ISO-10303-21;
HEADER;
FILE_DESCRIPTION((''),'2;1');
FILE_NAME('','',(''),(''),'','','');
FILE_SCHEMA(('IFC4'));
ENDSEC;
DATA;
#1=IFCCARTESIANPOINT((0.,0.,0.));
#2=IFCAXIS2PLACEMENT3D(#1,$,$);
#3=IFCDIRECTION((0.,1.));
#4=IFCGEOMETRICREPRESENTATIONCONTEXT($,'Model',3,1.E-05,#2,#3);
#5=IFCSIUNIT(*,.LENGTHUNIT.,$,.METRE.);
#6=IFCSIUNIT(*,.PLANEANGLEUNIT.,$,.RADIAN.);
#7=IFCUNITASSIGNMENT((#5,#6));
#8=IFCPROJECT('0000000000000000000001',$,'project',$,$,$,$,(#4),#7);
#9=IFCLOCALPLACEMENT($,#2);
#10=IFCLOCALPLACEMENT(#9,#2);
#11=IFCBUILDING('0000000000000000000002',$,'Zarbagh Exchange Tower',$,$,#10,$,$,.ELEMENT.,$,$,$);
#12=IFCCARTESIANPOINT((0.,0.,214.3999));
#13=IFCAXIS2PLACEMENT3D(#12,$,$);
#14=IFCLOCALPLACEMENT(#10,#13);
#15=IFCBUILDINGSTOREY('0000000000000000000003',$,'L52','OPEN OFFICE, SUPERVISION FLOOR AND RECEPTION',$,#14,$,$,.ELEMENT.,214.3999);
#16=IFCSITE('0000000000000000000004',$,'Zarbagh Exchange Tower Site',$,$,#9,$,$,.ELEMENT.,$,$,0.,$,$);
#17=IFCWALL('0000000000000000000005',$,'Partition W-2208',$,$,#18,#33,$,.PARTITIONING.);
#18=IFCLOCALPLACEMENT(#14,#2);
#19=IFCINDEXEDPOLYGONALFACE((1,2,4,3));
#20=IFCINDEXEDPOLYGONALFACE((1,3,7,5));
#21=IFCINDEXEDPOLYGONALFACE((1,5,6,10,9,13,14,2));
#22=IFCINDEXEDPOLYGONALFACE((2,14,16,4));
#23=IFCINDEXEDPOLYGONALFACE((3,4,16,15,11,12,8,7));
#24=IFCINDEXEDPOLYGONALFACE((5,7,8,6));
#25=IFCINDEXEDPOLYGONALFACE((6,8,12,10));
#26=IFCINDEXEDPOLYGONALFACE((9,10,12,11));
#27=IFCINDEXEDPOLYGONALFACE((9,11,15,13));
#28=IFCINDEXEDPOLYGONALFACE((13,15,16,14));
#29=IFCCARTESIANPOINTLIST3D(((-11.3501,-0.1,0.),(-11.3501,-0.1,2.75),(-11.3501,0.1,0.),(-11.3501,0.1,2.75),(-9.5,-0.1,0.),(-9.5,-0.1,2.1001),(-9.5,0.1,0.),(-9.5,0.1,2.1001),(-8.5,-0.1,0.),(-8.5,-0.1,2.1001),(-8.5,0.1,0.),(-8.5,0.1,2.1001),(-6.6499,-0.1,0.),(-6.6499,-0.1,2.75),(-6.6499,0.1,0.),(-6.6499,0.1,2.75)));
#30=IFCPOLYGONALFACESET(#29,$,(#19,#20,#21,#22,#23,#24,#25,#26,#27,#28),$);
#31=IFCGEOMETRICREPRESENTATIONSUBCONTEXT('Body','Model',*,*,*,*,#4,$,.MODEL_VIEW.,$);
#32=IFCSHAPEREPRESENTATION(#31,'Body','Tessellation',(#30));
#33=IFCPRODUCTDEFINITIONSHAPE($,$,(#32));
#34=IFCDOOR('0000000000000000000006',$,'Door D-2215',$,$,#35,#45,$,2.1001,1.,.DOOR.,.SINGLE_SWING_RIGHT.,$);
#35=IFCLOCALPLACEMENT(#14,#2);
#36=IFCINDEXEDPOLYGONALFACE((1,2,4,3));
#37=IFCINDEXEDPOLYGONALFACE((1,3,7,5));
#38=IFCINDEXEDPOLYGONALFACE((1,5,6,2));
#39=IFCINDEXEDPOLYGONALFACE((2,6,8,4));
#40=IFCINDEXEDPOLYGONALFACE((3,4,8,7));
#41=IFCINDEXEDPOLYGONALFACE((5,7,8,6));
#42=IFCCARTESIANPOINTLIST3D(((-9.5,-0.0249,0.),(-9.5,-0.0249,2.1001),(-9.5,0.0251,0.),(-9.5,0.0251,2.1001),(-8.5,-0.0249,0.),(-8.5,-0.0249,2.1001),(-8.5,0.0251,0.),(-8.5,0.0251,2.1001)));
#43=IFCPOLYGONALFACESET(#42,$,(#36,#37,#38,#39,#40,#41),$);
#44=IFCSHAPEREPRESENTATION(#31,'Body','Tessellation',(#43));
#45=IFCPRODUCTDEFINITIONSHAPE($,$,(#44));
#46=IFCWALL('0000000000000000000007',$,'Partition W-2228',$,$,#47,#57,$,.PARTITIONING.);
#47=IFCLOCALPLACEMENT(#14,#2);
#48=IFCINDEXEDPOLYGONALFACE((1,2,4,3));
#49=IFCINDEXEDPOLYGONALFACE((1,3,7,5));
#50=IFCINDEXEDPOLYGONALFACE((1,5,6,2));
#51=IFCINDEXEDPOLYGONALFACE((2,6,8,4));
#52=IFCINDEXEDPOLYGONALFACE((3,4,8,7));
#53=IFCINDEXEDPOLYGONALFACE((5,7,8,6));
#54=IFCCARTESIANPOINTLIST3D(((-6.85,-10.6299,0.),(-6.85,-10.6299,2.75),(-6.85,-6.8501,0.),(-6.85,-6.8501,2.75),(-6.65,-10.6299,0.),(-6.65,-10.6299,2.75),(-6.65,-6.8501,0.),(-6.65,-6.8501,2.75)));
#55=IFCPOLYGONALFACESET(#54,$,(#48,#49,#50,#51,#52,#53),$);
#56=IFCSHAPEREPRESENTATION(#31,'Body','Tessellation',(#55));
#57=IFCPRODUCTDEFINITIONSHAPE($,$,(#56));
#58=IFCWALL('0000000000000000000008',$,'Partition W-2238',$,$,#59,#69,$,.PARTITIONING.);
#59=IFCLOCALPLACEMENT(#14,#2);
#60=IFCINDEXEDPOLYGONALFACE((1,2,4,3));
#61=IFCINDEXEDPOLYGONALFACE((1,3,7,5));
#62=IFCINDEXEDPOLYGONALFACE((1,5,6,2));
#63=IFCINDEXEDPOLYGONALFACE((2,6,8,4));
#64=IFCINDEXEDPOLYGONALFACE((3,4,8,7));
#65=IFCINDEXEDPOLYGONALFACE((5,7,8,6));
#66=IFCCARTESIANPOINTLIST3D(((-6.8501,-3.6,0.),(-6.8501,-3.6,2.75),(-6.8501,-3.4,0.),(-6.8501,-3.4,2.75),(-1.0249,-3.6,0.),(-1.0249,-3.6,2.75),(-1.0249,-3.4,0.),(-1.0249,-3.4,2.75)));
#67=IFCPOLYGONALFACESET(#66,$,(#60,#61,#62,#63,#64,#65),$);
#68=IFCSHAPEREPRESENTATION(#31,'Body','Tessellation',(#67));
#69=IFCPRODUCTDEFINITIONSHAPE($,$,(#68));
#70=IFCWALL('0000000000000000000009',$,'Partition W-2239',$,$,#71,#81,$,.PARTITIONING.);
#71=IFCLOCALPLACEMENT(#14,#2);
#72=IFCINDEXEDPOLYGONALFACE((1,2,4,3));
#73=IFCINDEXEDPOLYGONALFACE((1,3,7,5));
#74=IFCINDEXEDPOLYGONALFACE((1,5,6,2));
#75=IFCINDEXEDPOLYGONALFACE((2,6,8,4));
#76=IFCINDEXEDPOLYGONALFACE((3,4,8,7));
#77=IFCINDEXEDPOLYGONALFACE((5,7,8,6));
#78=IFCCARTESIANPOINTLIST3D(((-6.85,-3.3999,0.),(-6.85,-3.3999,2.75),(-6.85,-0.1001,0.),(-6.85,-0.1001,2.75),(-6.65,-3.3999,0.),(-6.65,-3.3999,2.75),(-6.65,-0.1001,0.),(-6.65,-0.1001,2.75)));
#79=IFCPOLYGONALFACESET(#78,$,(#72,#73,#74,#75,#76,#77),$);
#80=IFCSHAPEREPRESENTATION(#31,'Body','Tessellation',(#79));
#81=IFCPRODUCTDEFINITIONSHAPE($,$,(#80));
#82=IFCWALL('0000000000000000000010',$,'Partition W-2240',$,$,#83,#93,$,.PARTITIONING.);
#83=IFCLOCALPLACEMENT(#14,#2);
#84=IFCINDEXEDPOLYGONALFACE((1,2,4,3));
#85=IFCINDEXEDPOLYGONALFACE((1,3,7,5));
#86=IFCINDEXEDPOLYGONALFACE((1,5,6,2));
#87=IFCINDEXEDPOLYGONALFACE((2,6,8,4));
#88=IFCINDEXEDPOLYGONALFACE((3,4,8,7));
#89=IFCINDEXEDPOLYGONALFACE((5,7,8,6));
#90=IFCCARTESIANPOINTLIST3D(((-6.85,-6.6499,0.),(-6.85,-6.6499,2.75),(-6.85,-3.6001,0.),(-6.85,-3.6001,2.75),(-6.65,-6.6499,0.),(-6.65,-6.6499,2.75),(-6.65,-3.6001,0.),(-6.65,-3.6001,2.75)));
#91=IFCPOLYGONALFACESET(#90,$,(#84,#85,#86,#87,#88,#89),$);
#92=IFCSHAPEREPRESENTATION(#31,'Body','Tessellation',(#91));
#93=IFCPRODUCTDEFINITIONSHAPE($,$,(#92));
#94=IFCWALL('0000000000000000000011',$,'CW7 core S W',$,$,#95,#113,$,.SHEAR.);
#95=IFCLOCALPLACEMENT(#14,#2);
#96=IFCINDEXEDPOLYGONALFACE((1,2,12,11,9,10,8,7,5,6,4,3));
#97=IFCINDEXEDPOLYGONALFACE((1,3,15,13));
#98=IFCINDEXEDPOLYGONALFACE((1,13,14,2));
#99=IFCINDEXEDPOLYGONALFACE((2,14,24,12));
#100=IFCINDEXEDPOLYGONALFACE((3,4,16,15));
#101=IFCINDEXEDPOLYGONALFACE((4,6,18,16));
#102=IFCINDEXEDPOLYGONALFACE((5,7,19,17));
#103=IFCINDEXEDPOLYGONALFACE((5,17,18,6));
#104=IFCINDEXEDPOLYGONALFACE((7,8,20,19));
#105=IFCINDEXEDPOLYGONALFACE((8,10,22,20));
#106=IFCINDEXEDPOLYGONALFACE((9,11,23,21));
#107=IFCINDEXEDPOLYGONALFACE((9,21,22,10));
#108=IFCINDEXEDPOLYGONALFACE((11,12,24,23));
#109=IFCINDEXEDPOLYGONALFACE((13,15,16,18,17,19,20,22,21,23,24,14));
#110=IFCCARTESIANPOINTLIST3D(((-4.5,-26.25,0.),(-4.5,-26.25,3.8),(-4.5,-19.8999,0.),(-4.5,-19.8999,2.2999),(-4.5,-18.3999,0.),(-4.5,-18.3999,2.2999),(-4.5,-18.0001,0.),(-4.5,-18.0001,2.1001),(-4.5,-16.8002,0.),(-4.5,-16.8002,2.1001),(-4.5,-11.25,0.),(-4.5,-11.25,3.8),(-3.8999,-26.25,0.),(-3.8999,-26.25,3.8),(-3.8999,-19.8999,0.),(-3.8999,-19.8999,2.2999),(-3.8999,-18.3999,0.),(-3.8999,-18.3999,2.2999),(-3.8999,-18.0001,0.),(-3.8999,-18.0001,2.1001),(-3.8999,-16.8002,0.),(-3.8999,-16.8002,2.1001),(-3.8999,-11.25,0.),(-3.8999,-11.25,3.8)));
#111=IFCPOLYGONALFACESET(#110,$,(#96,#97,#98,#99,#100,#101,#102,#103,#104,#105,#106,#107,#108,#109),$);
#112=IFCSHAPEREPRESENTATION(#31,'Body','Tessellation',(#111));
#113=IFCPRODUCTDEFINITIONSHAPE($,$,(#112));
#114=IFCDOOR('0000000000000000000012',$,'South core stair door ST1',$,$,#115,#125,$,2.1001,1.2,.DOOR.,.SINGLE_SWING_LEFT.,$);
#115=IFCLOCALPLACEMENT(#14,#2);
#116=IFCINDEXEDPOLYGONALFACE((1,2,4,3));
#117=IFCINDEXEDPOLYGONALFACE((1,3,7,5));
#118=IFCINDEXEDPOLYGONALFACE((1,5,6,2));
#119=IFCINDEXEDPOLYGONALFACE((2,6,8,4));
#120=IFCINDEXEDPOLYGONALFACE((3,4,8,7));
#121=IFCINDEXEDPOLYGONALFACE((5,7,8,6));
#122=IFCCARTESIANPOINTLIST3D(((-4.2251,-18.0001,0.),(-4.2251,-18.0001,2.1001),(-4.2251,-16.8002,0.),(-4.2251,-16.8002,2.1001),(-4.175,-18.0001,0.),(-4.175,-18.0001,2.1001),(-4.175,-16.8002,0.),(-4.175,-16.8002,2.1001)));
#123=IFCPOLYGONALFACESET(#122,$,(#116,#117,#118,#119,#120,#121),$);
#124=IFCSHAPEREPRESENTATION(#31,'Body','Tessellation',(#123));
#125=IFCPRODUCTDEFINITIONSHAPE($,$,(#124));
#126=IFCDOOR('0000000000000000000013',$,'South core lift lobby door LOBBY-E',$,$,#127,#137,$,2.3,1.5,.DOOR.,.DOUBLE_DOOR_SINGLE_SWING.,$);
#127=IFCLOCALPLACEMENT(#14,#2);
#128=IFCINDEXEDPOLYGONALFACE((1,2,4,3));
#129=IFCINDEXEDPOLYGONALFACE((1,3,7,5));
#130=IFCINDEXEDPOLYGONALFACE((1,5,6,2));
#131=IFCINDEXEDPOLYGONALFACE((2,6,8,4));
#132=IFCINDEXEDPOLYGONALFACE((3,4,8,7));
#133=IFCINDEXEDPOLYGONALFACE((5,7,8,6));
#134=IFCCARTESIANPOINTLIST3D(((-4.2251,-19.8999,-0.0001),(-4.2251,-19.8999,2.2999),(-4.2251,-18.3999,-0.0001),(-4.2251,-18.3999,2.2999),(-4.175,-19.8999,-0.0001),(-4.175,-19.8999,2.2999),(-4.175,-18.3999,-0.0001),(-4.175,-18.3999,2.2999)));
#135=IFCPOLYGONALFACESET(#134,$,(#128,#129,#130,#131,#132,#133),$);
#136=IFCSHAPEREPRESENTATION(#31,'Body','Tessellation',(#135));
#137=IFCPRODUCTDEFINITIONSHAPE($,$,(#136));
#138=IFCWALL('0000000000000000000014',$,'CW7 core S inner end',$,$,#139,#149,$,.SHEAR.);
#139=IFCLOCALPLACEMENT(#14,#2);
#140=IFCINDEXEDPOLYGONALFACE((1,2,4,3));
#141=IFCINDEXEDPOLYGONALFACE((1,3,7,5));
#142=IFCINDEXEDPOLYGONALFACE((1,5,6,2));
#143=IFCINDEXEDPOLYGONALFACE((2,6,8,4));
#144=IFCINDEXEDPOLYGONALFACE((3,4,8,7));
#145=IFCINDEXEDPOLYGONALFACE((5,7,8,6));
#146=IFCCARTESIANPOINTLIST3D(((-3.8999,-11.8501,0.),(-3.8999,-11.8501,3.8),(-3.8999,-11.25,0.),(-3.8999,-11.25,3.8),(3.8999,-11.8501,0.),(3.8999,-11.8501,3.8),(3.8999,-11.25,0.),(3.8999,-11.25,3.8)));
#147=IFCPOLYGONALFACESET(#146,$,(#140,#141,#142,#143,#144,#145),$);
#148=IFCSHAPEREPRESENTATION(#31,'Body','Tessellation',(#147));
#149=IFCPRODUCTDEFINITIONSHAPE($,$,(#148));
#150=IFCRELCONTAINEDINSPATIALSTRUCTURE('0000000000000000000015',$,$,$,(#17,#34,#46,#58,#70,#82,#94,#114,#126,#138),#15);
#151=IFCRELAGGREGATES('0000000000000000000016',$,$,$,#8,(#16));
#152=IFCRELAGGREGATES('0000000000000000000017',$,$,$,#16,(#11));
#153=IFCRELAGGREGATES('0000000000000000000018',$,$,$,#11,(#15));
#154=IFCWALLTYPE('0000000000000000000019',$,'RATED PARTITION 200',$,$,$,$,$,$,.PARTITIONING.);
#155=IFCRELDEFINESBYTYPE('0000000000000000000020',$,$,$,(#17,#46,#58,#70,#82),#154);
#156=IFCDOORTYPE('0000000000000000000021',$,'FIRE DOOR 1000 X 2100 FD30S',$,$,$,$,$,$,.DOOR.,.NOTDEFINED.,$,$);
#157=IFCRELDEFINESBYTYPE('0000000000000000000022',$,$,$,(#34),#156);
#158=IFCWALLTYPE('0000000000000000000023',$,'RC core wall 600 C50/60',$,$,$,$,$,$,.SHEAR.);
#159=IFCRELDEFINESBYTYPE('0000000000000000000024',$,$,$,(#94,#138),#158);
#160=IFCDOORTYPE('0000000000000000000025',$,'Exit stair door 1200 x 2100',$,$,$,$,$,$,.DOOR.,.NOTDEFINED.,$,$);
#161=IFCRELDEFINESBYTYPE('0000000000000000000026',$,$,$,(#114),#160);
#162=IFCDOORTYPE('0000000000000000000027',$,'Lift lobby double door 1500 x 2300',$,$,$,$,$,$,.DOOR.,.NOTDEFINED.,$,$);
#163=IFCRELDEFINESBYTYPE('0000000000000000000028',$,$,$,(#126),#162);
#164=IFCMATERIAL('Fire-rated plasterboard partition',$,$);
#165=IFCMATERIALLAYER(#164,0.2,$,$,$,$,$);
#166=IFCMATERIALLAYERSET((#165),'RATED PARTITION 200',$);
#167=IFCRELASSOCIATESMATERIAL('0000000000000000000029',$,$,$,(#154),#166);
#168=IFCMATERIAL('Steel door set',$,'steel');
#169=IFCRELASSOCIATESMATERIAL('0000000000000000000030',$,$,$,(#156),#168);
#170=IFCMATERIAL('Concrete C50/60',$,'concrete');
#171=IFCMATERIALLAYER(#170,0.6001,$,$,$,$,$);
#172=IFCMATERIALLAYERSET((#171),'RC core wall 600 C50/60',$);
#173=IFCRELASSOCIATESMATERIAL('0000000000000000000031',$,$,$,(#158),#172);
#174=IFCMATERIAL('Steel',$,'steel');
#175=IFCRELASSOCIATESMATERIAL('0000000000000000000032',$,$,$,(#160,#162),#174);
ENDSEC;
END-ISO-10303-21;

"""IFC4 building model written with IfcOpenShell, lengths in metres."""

from ifc_helpers import new_model, si_unit, direction, frame, frame_2d, origin, place, context, subcontext, project, spatial, rectangle, extrude, material, layer, layer_set, type_object, element, fill, save


model = new_model("IFC4")

# Units and contexts
model_context = context("Model", 3, precision=1e-05, world=origin(), true_north=direction((0.0, 1.0)))
body_context = subcontext(model_context, "Body", "Model", "MODEL_VIEW")
ifc_project = project(units=[si_unit("LENGTHUNIT", "METRE"), si_unit("PLANEANGLEUNIT", "RADIAN")], contexts=[model_context])

# Site, building, storey
site_placement = place(None, origin())
site = spatial("IfcSite", under=ifc_project, at=site_placement, Name="Zarbagh Exchange Tower Site", CompositionType="ELEMENT", RefElevation=0.0)
building_placement = place(site_placement, origin())
building = spatial("IfcBuilding", under=site, at=building_placement, Name="Zarbagh Exchange Tower", CompositionType="ELEMENT")
storey_placement = place(building_placement, frame((0.0, 0.0, 214.3999)))
storey = spatial("IfcBuildingStorey", under=building, at=storey_placement, Name="L52", Description="OPEN OFFICE, SUPERVISION FLOOR AND RECEPTION", CompositionType="ELEMENT", Elevation=214.3999)

# Shared definitions
ifc_material_1 = material(Name="Concrete C50/60", Category="concrete")

# Wall, opening, door
ifc_material_2 = material(Name="Fire-rated plasterboard partition")
ifc_layer_1 = layer(ifc_material_2, 0.2)
ifc_layer_set_1 = layer_set([ifc_layer_1], Name="RATED PARTITION 200")
wall_type_1 = type_object("IfcWallType", Name="RATED PARTITION 200", PredefinedType="PARTITIONING", material=ifc_layer_set_1)
wall_1_placement = place(storey_placement, frame((-6.6499, 0.0, 0.0), z_axis=(0.0, 0.0, 1.0), x_axis=(-1.0, 0.0, 0.0)))
wall_1 = element("IfcWall", 1, at=wall_1_placement, inside=storey, type_object=wall_type_1, Name="Partition W-2208", PredefinedType="PARTITIONING", context=body_context, shape_type="SweptSolid", body=[
    extrude(rectangle(XDim=4.7002, YDim=0.2, at=frame_2d((2.3501, 0.0))), origin(), (0.0, 0.0, 1.0), 2.75),
])
opening_1_placement = place(wall_1_placement, frame((1.8501, 0.0, 0.0)))
opening_1 = element("IfcOpeningElement", 2, at=opening_1_placement, cuts=wall_1, PredefinedType="OPENING", context=body_context, shape_type="SweptSolid", body=[
    extrude(rectangle(XDim=1.0, YDim=2.1001, at=frame_2d((0.5, 1.05))), frame((0.0, 0.1099, 0.0), z_axis=(0.0, -1.0, 0.0), x_axis=(1.0, 0.0, 0.0)), (0.0, 0.0, 1.0), 0.22),
])
ifc_material_3 = material(Name="Steel door set", Category="steel")
door_type_1 = type_object("IfcDoorType", Name="FIRE DOOR 1000 X 2100 FD30S", OperationType="NOTDEFINED", PredefinedType="DOOR", material=ifc_material_3)
door_1_placement = place(opening_1_placement, origin())
door_1 = element("IfcDoor", 3, at=door_1_placement, inside=storey, type_object=door_type_1, Name="Door D-2215", OperationType="SINGLE_SWING_RIGHT", OverallHeight=2.1001, OverallWidth=1.0, PredefinedType="DOOR", context=body_context, shape_type="SweptSolid", body=[
    extrude(rectangle(XDim=1.0, YDim=2.1001, at=frame_2d((0.5, 1.05))), frame((0.0, 0.0249, 0.0), z_axis=(0.0, -1.0, 0.0), x_axis=(1.0, 0.0, 0.0)), (0.0, 0.0, 1.0), 0.05),
])
fill(opening_1, door_1)

# Walls
wall_2_placement = place(storey_placement, frame((-6.75, -10.6299, 0.0), z_axis=(0.0, 0.0, 1.0), x_axis=(0.0, 1.0, 0.0)))
element("IfcWall", 4, at=wall_2_placement, inside=storey, type_object=wall_type_1, Name="Partition W-2228", PredefinedType="PARTITIONING", context=body_context, shape_type="SweptSolid", body=[
    extrude(rectangle(XDim=3.7798, YDim=0.2, at=frame_2d((1.8899, 0.0))), origin(), (0.0, 0.0, 1.0), 2.75),
])
wall_3_placement = place(storey_placement, frame((-6.8501, -3.5, 0.0), z_axis=(0.0, 0.0, 1.0), x_axis=(1.0, 0.0, 0.0)))
element("IfcWall", 5, at=wall_3_placement, inside=storey, type_object=wall_type_1, Name="Partition W-2238", PredefinedType="PARTITIONING", context=body_context, shape_type="SweptSolid", body=[
    extrude(rectangle(XDim=5.8252, YDim=0.2, at=frame_2d((2.9126, 0.0))), origin(), (0.0, 0.0, 1.0), 2.75),
])
wall_4_placement = place(storey_placement, frame((-6.75, -3.3999, 0.0), z_axis=(0.0, 0.0, 1.0), x_axis=(0.0, 1.0, 0.0)))
element("IfcWall", 6, at=wall_4_placement, inside=storey, type_object=wall_type_1, Name="Partition W-2239", PredefinedType="PARTITIONING", context=body_context, shape_type="SweptSolid", body=[
    extrude(rectangle(XDim=3.2998, YDim=0.2, at=frame_2d((1.6499, 0.0))), origin(), (0.0, 0.0, 1.0), 2.75),
])
wall_5_placement = place(storey_placement, frame((-6.75, -6.6499, 0.0), z_axis=(0.0, 0.0, 1.0), x_axis=(0.0, 1.0, 0.0)))
element("IfcWall", 7, at=wall_5_placement, inside=storey, type_object=wall_type_1, Name="Partition W-2240", PredefinedType="PARTITIONING", context=body_context, shape_type="SweptSolid", body=[
    extrude(rectangle(XDim=3.0498, YDim=0.2, at=frame_2d((1.5249, 0.0))), origin(), (0.0, 0.0, 1.0), 2.75),
])

# Wall, openings, doors
ifc_layer_2 = layer(ifc_material_1, 0.6001)
ifc_layer_set_2 = layer_set([ifc_layer_2], Name="RC core wall 600 C50/60")
wall_type_2 = type_object("IfcWallType", Name="RC core wall 600 C50/60", PredefinedType="SHEAR", material=ifc_layer_set_2)
wall_6_placement = place(storey_placement, frame((-4.2, -11.25, 0.0), z_axis=(0.0, 0.0, 1.0), x_axis=(0.0, -1.0, 0.0)))
wall_6 = element("IfcWall", 8, at=wall_6_placement, inside=storey, type_object=wall_type_2, Name="CW7 core S W", PredefinedType="SHEAR", context=body_context, shape_type="SweptSolid", body=[
    extrude(rectangle(XDim=15.0, YDim=0.6001, at=frame_2d((7.5, 0.0))), origin(), (0.0, 0.0, 1.0), 3.8),
])
opening_2_placement = place(wall_6_placement, frame((7.1499, 0.0, 0.0)))
opening_2 = element("IfcOpeningElement", 9, at=opening_2_placement, cuts=wall_6, PredefinedType="OPENING", context=body_context, shape_type="SweptSolid", body=[
    extrude(rectangle(XDim=1.5, YDim=2.3, at=frame_2d((0.75, 1.1499))), frame((0.0, 0.3101, 0.0), z_axis=(0.0, -1.0, 0.0), x_axis=(1.0, 0.0, 0.0)), (0.0, 0.0, 1.0), 0.6201),
])
opening_3_placement = place(wall_6_placement, frame((5.55, 0.0, 0.0)))
opening_3 = element("IfcOpeningElement", 10, at=opening_3_placement, cuts=wall_6, PredefinedType="OPENING", context=body_context, shape_type="SweptSolid", body=[
    extrude(rectangle(XDim=1.2, YDim=2.1001, at=frame_2d((0.6001, 1.05))), frame((0.0, 0.3101, 0.0), z_axis=(0.0, -1.0, 0.0), x_axis=(1.0, 0.0, 0.0)), (0.0, 0.0, 1.0), 0.6201),
])
ifc_material_4 = material(Name="Steel", Category="steel")
door_type_2 = type_object("IfcDoorType", Name="Exit stair door 1200 x 2100", OperationType="NOTDEFINED", PredefinedType="DOOR", material=ifc_material_4)
door_2_placement = place(opening_3_placement, origin())
door_2 = element("IfcDoor", 11, at=door_2_placement, inside=storey, type_object=door_type_2, Name="South core stair door ST1", OperationType="SINGLE_SWING_LEFT", OverallHeight=2.1001, OverallWidth=1.2, PredefinedType="DOOR", context=body_context, shape_type="SweptSolid", body=[
    extrude(rectangle(XDim=1.2, YDim=2.1001, at=frame_2d((0.6001, 1.05))), frame((0.0, 0.0249, 0.0), z_axis=(0.0, -1.0, 0.0), x_axis=(1.0, 0.0, 0.0)), (0.0, 0.0, 1.0), 0.05),
])
fill(opening_3, door_2)
door_type_3 = type_object("IfcDoorType", Name="Lift lobby double door 1500 x 2300", OperationType="NOTDEFINED", PredefinedType="DOOR", material=ifc_material_4)
door_3_placement = place(opening_2_placement, origin())
door_3 = element("IfcDoor", 12, at=door_3_placement, inside=storey, type_object=door_type_3, Name="South core lift lobby door LOBBY-E", OperationType="DOUBLE_DOOR_SINGLE_SWING", OverallHeight=2.3, OverallWidth=1.5, PredefinedType="DOOR", context=body_context, shape_type="SweptSolid", body=[
    extrude(rectangle(XDim=1.5, YDim=2.3, at=frame_2d((0.75, 1.1499))), frame((0.0, 0.0249, 0.0), z_axis=(0.0, -1.0, 0.0), x_axis=(1.0, 0.0, 0.0)), (0.0, 0.0, 1.0), 0.05),
])
fill(opening_2, door_3)

# Wall
wall_7_placement = place(storey_placement, frame((-3.8999, -11.55, 0.0), z_axis=(0.0, 0.0, 1.0), x_axis=(1.0, 0.0, 0.0)))
element("IfcWall", 13, at=wall_7_placement, inside=storey, type_object=wall_type_2, Name="CW7 core S inner end", PredefinedType="SHEAR", context=body_context, shape_type="SweptSolid", body=[
    extrude(rectangle(XDim=7.7998, YDim=0.6001, at=frame_2d((3.8999, 0.0))), origin(), (0.0, 0.0, 1.0), 3.8),
])

save(model, "model.ifc")
